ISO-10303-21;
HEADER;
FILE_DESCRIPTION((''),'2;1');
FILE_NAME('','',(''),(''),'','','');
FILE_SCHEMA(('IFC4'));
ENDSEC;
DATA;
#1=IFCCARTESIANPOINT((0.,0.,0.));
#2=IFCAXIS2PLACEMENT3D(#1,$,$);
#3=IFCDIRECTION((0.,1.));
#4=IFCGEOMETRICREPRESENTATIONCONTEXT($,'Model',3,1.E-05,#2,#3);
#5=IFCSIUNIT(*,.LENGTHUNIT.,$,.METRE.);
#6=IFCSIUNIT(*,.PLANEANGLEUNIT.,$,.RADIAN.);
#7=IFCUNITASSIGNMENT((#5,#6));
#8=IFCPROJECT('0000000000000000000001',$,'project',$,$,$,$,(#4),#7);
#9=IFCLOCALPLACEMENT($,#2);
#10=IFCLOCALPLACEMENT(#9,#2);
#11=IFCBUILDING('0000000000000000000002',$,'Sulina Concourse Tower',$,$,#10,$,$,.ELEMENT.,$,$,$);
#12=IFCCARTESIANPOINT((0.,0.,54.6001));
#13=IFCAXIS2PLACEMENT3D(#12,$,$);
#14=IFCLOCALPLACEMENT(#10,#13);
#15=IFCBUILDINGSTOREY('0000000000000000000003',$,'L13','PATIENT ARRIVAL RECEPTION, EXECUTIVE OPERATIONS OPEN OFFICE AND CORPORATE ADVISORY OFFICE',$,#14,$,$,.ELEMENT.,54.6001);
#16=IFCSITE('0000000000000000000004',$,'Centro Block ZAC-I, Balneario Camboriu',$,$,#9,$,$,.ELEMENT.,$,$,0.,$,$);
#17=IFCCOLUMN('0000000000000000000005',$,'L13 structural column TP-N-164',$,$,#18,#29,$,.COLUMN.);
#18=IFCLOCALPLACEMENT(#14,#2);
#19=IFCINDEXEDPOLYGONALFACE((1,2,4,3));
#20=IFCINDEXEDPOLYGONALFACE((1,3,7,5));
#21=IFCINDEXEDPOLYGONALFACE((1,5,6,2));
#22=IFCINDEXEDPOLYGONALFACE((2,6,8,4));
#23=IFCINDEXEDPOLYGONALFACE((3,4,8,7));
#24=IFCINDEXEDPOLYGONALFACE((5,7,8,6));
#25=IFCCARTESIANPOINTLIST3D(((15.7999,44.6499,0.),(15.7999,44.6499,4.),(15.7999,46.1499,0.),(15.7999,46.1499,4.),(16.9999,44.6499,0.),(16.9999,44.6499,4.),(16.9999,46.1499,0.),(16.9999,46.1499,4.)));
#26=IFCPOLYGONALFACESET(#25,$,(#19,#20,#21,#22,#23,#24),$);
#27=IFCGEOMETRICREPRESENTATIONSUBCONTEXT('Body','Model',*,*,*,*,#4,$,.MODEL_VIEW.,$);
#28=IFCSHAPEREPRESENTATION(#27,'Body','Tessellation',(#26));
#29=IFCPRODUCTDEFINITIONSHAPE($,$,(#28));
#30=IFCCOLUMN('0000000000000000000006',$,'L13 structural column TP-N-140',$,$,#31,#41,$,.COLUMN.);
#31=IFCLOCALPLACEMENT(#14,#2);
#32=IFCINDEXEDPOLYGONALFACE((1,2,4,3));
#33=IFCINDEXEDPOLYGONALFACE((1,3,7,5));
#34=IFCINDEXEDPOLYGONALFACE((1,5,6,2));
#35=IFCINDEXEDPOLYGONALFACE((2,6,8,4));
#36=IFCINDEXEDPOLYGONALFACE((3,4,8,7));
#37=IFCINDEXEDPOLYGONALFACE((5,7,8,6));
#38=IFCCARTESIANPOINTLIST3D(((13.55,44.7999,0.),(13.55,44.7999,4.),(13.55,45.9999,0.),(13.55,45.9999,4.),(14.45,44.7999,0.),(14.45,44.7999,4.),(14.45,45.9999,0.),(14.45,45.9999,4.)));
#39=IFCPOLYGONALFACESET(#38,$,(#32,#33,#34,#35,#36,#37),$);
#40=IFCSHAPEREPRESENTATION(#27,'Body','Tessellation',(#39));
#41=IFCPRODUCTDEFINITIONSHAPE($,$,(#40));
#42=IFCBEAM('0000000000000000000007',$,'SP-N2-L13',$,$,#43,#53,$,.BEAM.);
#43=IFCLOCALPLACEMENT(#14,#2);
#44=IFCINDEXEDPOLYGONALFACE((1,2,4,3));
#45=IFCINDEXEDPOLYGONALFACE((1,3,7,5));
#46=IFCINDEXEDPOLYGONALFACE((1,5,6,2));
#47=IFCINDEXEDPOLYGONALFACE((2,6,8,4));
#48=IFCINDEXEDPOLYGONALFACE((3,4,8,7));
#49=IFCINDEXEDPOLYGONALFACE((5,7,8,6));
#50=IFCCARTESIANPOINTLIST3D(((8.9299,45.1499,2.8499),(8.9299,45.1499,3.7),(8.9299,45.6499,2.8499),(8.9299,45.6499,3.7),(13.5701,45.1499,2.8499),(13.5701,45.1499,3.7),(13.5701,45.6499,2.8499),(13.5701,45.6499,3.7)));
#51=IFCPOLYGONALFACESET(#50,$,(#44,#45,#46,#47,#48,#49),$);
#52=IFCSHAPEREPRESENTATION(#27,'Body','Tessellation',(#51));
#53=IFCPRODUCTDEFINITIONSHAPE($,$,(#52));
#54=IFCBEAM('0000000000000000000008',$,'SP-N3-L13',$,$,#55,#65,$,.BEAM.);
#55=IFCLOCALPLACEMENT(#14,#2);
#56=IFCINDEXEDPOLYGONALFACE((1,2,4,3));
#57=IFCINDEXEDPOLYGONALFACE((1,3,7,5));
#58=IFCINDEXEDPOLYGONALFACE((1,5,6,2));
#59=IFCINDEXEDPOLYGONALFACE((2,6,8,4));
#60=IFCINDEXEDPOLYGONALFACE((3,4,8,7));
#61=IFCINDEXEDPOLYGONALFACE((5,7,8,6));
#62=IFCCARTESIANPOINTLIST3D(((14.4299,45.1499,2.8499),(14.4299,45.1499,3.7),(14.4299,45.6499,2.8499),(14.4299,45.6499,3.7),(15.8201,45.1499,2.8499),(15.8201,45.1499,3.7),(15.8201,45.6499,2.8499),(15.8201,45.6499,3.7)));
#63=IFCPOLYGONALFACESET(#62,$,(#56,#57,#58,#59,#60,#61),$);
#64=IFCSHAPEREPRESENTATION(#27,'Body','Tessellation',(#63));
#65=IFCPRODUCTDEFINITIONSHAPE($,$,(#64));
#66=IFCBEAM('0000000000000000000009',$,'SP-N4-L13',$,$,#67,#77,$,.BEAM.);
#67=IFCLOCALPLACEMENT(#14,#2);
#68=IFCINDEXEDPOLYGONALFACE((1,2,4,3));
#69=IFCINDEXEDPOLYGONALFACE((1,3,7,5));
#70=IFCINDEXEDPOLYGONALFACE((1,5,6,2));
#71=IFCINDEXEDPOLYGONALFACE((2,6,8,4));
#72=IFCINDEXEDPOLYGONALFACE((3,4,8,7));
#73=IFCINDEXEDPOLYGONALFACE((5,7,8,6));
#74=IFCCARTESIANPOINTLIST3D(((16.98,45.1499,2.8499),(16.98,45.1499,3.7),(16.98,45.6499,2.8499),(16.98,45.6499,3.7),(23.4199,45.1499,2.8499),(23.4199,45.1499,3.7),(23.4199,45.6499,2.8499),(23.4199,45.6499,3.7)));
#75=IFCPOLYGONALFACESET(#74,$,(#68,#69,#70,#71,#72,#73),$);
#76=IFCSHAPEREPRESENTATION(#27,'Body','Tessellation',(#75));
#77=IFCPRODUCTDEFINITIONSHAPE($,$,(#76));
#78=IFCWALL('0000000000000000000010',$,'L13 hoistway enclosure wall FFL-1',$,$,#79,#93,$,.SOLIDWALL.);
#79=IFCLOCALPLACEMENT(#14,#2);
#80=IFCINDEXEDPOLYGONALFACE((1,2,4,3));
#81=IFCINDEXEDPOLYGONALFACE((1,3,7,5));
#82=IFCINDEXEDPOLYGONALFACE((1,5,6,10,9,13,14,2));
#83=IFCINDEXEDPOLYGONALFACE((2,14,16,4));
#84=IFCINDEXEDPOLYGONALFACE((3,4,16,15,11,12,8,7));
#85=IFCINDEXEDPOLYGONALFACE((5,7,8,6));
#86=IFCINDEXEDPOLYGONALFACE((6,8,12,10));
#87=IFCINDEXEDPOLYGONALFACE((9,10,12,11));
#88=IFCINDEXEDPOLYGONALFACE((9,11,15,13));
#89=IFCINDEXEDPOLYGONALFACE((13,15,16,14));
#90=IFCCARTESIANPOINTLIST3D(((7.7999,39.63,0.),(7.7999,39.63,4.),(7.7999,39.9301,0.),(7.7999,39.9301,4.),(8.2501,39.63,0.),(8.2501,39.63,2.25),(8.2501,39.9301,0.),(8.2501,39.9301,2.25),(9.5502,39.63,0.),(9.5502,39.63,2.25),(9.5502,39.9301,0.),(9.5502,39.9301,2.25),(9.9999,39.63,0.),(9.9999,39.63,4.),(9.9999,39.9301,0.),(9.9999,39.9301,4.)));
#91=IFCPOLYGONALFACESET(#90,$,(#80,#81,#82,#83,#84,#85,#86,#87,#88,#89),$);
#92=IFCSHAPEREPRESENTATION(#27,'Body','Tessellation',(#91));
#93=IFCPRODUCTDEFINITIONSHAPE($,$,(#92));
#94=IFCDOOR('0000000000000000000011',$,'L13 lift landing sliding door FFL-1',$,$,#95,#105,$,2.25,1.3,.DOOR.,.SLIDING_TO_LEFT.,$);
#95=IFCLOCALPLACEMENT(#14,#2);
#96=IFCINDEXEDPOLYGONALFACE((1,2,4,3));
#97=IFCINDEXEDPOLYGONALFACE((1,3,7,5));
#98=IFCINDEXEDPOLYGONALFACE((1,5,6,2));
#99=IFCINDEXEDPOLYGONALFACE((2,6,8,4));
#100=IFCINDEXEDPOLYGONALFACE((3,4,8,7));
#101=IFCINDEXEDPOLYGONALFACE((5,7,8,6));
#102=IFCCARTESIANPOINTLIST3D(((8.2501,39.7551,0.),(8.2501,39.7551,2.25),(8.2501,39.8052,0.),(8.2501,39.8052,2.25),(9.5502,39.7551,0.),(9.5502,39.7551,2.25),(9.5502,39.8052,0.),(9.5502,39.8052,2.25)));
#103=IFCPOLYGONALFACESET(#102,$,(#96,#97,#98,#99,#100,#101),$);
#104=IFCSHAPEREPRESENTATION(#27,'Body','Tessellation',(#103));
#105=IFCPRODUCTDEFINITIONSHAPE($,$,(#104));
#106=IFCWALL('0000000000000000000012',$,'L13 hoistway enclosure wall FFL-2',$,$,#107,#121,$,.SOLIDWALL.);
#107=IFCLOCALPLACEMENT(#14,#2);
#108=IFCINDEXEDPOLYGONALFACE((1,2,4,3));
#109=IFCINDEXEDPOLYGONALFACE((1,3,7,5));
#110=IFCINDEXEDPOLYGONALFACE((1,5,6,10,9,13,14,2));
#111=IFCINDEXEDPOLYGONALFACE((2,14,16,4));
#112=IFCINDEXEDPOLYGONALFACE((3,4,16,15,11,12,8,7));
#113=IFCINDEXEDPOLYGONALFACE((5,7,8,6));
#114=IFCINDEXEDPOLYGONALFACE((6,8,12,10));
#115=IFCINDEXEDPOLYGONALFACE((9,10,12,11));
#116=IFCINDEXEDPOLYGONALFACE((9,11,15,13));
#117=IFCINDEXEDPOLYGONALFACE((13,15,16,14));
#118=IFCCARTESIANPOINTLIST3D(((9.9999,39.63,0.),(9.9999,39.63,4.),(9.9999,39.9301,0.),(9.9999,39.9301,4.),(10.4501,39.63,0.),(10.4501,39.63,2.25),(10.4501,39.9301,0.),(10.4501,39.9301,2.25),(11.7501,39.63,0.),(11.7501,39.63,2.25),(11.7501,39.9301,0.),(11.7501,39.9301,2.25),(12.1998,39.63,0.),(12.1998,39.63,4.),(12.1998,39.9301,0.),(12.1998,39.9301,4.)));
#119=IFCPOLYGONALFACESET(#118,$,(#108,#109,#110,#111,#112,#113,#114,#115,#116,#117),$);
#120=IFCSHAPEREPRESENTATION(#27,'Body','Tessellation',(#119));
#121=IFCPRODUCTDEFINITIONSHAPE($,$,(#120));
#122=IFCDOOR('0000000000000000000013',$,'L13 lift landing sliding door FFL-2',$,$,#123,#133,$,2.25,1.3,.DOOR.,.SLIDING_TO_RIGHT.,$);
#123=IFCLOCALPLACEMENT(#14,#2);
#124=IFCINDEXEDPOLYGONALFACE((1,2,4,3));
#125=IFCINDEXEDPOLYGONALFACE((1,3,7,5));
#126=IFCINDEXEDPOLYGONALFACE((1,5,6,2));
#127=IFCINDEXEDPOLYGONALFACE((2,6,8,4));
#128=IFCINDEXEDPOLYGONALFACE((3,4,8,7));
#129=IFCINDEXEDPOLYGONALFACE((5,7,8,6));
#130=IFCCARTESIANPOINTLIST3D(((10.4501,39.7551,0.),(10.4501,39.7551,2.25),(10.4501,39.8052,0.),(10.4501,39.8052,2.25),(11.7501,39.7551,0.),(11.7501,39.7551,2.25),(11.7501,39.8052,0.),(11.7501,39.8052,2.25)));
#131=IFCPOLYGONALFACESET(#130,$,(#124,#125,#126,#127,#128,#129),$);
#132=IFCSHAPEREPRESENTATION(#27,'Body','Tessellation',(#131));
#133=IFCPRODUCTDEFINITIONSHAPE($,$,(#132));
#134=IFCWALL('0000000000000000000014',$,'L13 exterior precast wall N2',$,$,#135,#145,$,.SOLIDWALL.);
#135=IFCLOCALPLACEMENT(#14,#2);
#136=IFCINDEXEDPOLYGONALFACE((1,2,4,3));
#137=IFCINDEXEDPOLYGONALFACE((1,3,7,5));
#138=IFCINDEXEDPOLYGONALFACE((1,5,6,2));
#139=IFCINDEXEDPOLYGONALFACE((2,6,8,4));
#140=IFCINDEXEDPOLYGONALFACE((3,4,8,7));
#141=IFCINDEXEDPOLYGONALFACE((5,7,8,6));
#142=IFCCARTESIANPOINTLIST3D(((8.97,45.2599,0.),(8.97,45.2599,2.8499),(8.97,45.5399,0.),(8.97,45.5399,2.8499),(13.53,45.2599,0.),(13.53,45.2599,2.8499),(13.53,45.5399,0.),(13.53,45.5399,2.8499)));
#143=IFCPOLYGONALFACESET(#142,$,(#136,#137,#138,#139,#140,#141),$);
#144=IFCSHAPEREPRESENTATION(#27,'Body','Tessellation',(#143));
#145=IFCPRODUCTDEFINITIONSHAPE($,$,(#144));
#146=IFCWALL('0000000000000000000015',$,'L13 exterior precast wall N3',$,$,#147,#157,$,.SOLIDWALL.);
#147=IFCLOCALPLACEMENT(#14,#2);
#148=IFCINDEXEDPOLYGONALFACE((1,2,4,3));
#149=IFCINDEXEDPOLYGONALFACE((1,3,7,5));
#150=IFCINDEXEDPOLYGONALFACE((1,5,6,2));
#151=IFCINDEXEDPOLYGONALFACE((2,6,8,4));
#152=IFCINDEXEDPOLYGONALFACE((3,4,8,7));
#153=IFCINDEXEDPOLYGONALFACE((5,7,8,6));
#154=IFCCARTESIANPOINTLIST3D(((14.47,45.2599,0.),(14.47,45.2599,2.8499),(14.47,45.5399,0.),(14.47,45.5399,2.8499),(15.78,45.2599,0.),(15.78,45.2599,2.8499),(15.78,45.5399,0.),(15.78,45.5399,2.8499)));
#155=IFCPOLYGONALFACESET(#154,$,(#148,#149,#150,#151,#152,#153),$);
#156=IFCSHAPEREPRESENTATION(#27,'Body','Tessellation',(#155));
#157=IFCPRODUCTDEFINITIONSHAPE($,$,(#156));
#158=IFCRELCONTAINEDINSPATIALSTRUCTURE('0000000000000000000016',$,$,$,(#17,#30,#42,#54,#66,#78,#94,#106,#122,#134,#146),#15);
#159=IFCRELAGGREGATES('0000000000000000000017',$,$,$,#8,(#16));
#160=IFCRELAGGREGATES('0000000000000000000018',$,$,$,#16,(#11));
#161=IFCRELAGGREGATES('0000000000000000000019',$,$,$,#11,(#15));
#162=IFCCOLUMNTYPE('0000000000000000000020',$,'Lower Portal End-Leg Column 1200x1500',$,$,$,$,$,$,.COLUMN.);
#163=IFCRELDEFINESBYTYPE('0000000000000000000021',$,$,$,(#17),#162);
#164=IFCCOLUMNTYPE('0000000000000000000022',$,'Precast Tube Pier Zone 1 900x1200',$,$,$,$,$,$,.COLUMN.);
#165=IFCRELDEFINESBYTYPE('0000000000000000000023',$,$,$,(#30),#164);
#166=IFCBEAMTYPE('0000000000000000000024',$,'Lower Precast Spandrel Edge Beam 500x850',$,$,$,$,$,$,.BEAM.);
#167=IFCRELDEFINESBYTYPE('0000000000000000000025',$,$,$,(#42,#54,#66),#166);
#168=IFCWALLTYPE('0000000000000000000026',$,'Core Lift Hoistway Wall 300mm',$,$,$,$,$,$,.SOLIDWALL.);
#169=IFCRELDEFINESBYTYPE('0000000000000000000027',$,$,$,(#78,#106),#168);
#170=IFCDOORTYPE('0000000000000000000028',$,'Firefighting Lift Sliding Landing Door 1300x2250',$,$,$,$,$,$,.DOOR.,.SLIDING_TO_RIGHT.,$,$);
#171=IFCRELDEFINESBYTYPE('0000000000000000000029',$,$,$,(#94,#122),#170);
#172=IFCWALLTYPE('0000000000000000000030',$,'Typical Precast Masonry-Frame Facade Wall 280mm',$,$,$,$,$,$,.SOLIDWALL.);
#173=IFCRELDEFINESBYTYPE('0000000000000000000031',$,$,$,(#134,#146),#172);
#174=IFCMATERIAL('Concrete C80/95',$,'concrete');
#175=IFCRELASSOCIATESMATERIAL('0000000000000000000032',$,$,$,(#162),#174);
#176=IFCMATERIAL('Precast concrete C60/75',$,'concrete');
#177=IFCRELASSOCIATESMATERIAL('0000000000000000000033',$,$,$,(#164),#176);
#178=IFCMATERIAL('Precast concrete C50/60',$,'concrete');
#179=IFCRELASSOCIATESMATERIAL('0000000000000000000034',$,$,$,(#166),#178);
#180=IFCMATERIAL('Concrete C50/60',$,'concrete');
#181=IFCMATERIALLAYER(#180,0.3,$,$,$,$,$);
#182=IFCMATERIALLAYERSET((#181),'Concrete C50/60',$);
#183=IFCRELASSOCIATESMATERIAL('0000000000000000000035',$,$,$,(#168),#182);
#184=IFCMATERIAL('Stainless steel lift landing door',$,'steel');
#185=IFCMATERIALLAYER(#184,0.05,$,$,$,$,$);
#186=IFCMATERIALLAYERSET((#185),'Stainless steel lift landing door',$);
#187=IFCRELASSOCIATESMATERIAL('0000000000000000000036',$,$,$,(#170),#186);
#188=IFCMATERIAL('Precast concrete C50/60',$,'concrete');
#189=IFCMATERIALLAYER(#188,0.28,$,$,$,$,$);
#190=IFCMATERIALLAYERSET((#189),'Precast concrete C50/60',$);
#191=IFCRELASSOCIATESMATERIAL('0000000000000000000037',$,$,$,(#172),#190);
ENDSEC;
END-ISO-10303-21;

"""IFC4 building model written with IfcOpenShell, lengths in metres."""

from ifc_helpers import new_model, si_unit, direction, frame, frame_2d, origin, origin_2d, place, context, subcontext, project, spatial, rectangle, extrude, material, layer, layer_set, material_profile, profile_set, type_object, element, fill, save


model = new_model("IFC4")

# Units and contexts
model_context = context("Model", 3, precision=1e-05, world=origin(), true_north=direction((0.0, 1.0)))
body_context = subcontext(model_context, "Body", "Model", "MODEL_VIEW")
ifc_project = project(units=[si_unit("LENGTHUNIT", "METRE"), si_unit("PLANEANGLEUNIT", "RADIAN")], contexts=[model_context])

# Site, building, storey
site_placement = place(None, origin())
site = spatial("IfcSite", under=ifc_project, at=site_placement, Name="Centro Block ZAC-I, Balneario Camboriu", CompositionType="ELEMENT", RefElevation=0.0)
building_placement = place(site_placement, origin())
building = spatial("IfcBuilding", under=site, at=building_placement, Name="Sulina Concourse Tower", CompositionType="ELEMENT")
storey_placement = place(building_placement, frame((0.0, 0.0, 54.6001)))
storey = spatial("IfcBuildingStorey", under=building, at=storey_placement, Name="L13", Description="PATIENT ARRIVAL RECEPTION, EXECUTIVE OPERATIONS OPEN OFFICE AND CORPORATE ADVISORY OFFICE", CompositionType="ELEMENT", Elevation=54.6001)

# Columns
ifc_material_1 = material(Name="Concrete C80/95", Category="concrete")
ifc_material_profile_1 = material_profile(ifc_material_1, rectangle(XDim=1.2, YDim=1.5, at=origin_2d()), Name="RC 1200x1500")
ifc_profile_set_1 = profile_set([ifc_material_profile_1], Name="Concrete C80/95")
column_type_1 = type_object("IfcColumnType", Name="Lower Portal End-Leg Column 1200x1500", PredefinedType="COLUMN", material=ifc_profile_set_1)
column_1_placement = place(storey_placement, frame((16.3999, 45.3999, 0.0), z_axis=(0.0, 0.0, 1.0), x_axis=(1.0, 0.0, 0.0)))
element("IfcColumn", 1, at=column_1_placement, inside=storey, type_object=column_type_1, Name="L13 structural column TP-N-164", PredefinedType="COLUMN", context=body_context, shape_type="SweptSolid", body=[
    extrude(rectangle(XDim=1.2, YDim=1.5, at=origin_2d()), origin(), (0.0, 0.0, 1.0), 4.0),
])
ifc_material_2 = material(Name="Precast concrete C60/75", Category="concrete")
ifc_material_profile_2 = material_profile(ifc_material_2, rectangle(XDim=0.8999, YDim=1.2, at=origin_2d()), Name="PC 900x1200")
ifc_profile_set_2 = profile_set([ifc_material_profile_2], Name="Precast concrete C60/75")
column_type_2 = type_object("IfcColumnType", Name="Precast Tube Pier Zone 1 900x1200", PredefinedType="COLUMN", material=ifc_profile_set_2)
column_2_placement = place(storey_placement, frame((14.0, 45.3999, 0.0), z_axis=(0.0, 0.0, 1.0), x_axis=(1.0, 0.0, 0.0)))
element("IfcColumn", 2, at=column_2_placement, inside=storey, type_object=column_type_2, Name="L13 structural column TP-N-140", PredefinedType="COLUMN", context=body_context, shape_type="SweptSolid", body=[
    extrude(rectangle(XDim=0.8999, YDim=1.2, at=origin_2d()), origin(), (0.0, 0.0, 1.0), 4.0),
])

# Beams
ifc_material_3 = material(Name="Precast concrete C50/60", Category="concrete")
ifc_material_profile_3 = material_profile(ifc_material_3, rectangle(XDim=0.5, YDim=0.8501, at=origin_2d()), Name="RC 500x850")
ifc_profile_set_3 = profile_set([ifc_material_profile_3], Name="Precast concrete C50/60")
beam_type = type_object("IfcBeamType", Name="Lower Precast Spandrel Edge Beam 500x850", PredefinedType="BEAM", material=ifc_profile_set_3)
beam_1_placement = place(storey_placement, frame((8.9299, 45.3999, 3.2749), z_axis=(1.0, 0.0, 0.0), x_axis=(0.0, 1.0, 0.0)))
element("IfcBeam", 3, at=beam_1_placement, inside=storey, type_object=beam_type, Name="SP-N2-L13", PredefinedType="BEAM", context=body_context, shape_type="SweptSolid", body=[
    extrude(rectangle(XDim=0.5, YDim=0.8501, at=origin_2d()), origin(), (0.0, 0.0, 1.0), 4.6401),
])
beam_2_placement = place(storey_placement, frame((14.4299, 45.3999, 3.2749), z_axis=(1.0, 0.0, 0.0), x_axis=(0.0, 1.0, 0.0)))
element("IfcBeam", 4, at=beam_2_placement, inside=storey, type_object=beam_type, Name="SP-N3-L13", PredefinedType="BEAM", context=body_context, shape_type="SweptSolid", body=[
    extrude(rectangle(XDim=0.5, YDim=0.8501, at=origin_2d()), origin(), (0.0, 0.0, 1.0), 1.3901),
])
beam_3_placement = place(storey_placement, frame((16.98, 45.3999, 3.2749), z_axis=(1.0, 0.0, 0.0), x_axis=(0.0, 1.0, 0.0)))
element("IfcBeam", 5, at=beam_3_placement, inside=storey, type_object=beam_type, Name="SP-N4-L13", PredefinedType="BEAM", context=body_context, shape_type="SweptSolid", body=[
    extrude(rectangle(XDim=0.5, YDim=0.8501, at=origin_2d()), origin(), (0.0, 0.0, 1.0), 6.4399),
])

# Walls, openings, doors
ifc_material_4 = material(Name="Concrete C50/60", Category="concrete")
ifc_layer_1 = layer(ifc_material_4, 0.3)
ifc_layer_set_1 = layer_set([ifc_layer_1], Name="Concrete C50/60")
wall_type_1 = type_object("IfcWallType", Name="Core Lift Hoistway Wall 300mm", PredefinedType="SOLIDWALL", material=ifc_layer_set_1)
wall_1_placement = place(storey_placement, frame((10.0, 39.78, 0.0), z_axis=(0.0, 0.0, 1.0), x_axis=(-1.0, 0.0, 0.0)))
wall_1 = element("IfcWall", 6, at=wall_1_placement, inside=storey, type_object=wall_type_1, Name="L13 hoistway enclosure wall FFL-1", PredefinedType="SOLIDWALL", context=body_context, shape_type="SweptSolid", body=[
    extrude(rectangle(XDim=2.2, YDim=0.3, at=frame_2d((1.1001, 0.0))), origin(), (0.0, 0.0, 1.0), 4.0),
])
opening_1_placement = place(wall_1_placement, frame((0.45, 0.0, 0.0)))
opening_1 = element("IfcOpeningElement", 7, at=opening_1_placement, cuts=wall_1, PredefinedType="OPENING", context=body_context, shape_type="SweptSolid", body=[
    extrude(rectangle(XDim=1.3, YDim=2.25, at=frame_2d((0.6499, 1.125))), frame((0.0, 0.1599, 0.0), z_axis=(0.0, -1.0, 0.0), x_axis=(1.0, 0.0, 0.0)), (0.0, 0.0, 1.0), 0.3201),
])
ifc_material_5 = material(Name="Stainless steel lift landing door", Category="steel")
ifc_layer_2 = layer(ifc_material_5, 0.05)
ifc_layer_set_2 = layer_set([ifc_layer_2], Name="Stainless steel lift landing door")
door_type = type_object("IfcDoorType", Name="Firefighting Lift Sliding Landing Door 1300x2250", OperationType="SLIDING_TO_RIGHT", PredefinedType="DOOR", material=ifc_layer_set_2)
door_1_placement = place(opening_1_placement, origin())
door_1 = element("IfcDoor", 8, at=door_1_placement, inside=storey, type_object=door_type, Name="L13 lift landing sliding door FFL-1", OperationType="SLIDING_TO_LEFT", OverallHeight=2.25, OverallWidth=1.3, PredefinedType="DOOR", context=body_context, shape_type="SweptSolid", body=[
    extrude(rectangle(XDim=1.3, YDim=2.25, at=frame_2d((0.6499, 1.125))), frame((0.0, 0.0249, 0.0), z_axis=(0.0, -1.0, 0.0), x_axis=(1.0, 0.0, 0.0)), (0.0, 0.0, 1.0), 0.05),
])
fill(opening_1, door_1)
wall_2_placement = place(storey_placement, frame((12.2, 39.78, 0.0), z_axis=(0.0, 0.0, 1.0), x_axis=(-1.0, 0.0, 0.0)))
wall_2 = element("IfcWall", 9, at=wall_2_placement, inside=storey, type_object=wall_type_1, Name="L13 hoistway enclosure wall FFL-2", PredefinedType="SOLIDWALL", context=body_context, shape_type="SweptSolid", body=[
    extrude(rectangle(XDim=2.2, YDim=0.3, at=frame_2d((1.1001, 0.0))), origin(), (0.0, 0.0, 1.0), 4.0),
])
opening_2_placement = place(wall_2_placement, frame((0.45, 0.0, 0.0)))
opening_2 = element("IfcOpeningElement", 10, at=opening_2_placement, cuts=wall_2, PredefinedType="OPENING", context=body_context, shape_type="SweptSolid", body=[
    extrude(rectangle(XDim=1.3, YDim=2.25, at=frame_2d((0.6499, 1.125))), frame((0.0, 0.1599, 0.0), z_axis=(0.0, -1.0, 0.0), x_axis=(1.0, 0.0, 0.0)), (0.0, 0.0, 1.0), 0.3201),
])
door_2_placement = place(opening_2_placement, origin())
door_2 = element("IfcDoor", 11, at=door_2_placement, inside=storey, type_object=door_type, Name="L13 lift landing sliding door FFL-2", OperationType="SLIDING_TO_RIGHT", OverallHeight=2.25, OverallWidth=1.3, PredefinedType="DOOR", context=body_context, shape_type="SweptSolid", body=[
    extrude(rectangle(XDim=1.3, YDim=2.25, at=frame_2d((0.6499, 1.125))), frame((0.0, 0.0249, 0.0), z_axis=(0.0, -1.0, 0.0), x_axis=(1.0, 0.0, 0.0)), (0.0, 0.0, 1.0), 0.05),
])
fill(opening_2, door_2)

# Walls
ifc_material_6 = material(Name="Precast concrete C50/60", Category="concrete")
ifc_layer_3 = layer(ifc_material_6, 0.28)
ifc_layer_set_3 = layer_set([ifc_layer_3], Name="Precast concrete C50/60")
wall_type_2 = type_object("IfcWallType", Name="Typical Precast Masonry-Frame Facade Wall 280mm", PredefinedType="SOLIDWALL", material=ifc_layer_set_3)
wall_3_placement = place(storey_placement, frame((8.97, 45.3999, 0.0), z_axis=(0.0, 0.0, 1.0), x_axis=(1.0, 0.0, 0.0)))
element("IfcWall", 12, at=wall_3_placement, inside=storey, type_object=wall_type_2, Name="L13 exterior precast wall N2", PredefinedType="SOLIDWALL", context=body_context, shape_type="SweptSolid", body=[
    extrude(rectangle(XDim=4.5601, YDim=0.28, at=frame_2d((2.28, 0.0))), origin(), (0.0, 0.0, 1.0), 2.8499),
])
wall_4_placement = place(storey_placement, frame((14.47, 45.3999, 0.0), z_axis=(0.0, 0.0, 1.0), x_axis=(1.0, 0.0, 0.0)))
element("IfcWall", 13, at=wall_4_placement, inside=storey, type_object=wall_type_2, Name="L13 exterior precast wall N3", PredefinedType="SOLIDWALL", context=body_context, shape_type="SweptSolid", body=[
    extrude(rectangle(XDim=1.3101, YDim=0.28, at=frame_2d((0.655, 0.0))), origin(), (0.0, 0.0, 1.0), 2.8499),
])

save(model, "model.ifc")
